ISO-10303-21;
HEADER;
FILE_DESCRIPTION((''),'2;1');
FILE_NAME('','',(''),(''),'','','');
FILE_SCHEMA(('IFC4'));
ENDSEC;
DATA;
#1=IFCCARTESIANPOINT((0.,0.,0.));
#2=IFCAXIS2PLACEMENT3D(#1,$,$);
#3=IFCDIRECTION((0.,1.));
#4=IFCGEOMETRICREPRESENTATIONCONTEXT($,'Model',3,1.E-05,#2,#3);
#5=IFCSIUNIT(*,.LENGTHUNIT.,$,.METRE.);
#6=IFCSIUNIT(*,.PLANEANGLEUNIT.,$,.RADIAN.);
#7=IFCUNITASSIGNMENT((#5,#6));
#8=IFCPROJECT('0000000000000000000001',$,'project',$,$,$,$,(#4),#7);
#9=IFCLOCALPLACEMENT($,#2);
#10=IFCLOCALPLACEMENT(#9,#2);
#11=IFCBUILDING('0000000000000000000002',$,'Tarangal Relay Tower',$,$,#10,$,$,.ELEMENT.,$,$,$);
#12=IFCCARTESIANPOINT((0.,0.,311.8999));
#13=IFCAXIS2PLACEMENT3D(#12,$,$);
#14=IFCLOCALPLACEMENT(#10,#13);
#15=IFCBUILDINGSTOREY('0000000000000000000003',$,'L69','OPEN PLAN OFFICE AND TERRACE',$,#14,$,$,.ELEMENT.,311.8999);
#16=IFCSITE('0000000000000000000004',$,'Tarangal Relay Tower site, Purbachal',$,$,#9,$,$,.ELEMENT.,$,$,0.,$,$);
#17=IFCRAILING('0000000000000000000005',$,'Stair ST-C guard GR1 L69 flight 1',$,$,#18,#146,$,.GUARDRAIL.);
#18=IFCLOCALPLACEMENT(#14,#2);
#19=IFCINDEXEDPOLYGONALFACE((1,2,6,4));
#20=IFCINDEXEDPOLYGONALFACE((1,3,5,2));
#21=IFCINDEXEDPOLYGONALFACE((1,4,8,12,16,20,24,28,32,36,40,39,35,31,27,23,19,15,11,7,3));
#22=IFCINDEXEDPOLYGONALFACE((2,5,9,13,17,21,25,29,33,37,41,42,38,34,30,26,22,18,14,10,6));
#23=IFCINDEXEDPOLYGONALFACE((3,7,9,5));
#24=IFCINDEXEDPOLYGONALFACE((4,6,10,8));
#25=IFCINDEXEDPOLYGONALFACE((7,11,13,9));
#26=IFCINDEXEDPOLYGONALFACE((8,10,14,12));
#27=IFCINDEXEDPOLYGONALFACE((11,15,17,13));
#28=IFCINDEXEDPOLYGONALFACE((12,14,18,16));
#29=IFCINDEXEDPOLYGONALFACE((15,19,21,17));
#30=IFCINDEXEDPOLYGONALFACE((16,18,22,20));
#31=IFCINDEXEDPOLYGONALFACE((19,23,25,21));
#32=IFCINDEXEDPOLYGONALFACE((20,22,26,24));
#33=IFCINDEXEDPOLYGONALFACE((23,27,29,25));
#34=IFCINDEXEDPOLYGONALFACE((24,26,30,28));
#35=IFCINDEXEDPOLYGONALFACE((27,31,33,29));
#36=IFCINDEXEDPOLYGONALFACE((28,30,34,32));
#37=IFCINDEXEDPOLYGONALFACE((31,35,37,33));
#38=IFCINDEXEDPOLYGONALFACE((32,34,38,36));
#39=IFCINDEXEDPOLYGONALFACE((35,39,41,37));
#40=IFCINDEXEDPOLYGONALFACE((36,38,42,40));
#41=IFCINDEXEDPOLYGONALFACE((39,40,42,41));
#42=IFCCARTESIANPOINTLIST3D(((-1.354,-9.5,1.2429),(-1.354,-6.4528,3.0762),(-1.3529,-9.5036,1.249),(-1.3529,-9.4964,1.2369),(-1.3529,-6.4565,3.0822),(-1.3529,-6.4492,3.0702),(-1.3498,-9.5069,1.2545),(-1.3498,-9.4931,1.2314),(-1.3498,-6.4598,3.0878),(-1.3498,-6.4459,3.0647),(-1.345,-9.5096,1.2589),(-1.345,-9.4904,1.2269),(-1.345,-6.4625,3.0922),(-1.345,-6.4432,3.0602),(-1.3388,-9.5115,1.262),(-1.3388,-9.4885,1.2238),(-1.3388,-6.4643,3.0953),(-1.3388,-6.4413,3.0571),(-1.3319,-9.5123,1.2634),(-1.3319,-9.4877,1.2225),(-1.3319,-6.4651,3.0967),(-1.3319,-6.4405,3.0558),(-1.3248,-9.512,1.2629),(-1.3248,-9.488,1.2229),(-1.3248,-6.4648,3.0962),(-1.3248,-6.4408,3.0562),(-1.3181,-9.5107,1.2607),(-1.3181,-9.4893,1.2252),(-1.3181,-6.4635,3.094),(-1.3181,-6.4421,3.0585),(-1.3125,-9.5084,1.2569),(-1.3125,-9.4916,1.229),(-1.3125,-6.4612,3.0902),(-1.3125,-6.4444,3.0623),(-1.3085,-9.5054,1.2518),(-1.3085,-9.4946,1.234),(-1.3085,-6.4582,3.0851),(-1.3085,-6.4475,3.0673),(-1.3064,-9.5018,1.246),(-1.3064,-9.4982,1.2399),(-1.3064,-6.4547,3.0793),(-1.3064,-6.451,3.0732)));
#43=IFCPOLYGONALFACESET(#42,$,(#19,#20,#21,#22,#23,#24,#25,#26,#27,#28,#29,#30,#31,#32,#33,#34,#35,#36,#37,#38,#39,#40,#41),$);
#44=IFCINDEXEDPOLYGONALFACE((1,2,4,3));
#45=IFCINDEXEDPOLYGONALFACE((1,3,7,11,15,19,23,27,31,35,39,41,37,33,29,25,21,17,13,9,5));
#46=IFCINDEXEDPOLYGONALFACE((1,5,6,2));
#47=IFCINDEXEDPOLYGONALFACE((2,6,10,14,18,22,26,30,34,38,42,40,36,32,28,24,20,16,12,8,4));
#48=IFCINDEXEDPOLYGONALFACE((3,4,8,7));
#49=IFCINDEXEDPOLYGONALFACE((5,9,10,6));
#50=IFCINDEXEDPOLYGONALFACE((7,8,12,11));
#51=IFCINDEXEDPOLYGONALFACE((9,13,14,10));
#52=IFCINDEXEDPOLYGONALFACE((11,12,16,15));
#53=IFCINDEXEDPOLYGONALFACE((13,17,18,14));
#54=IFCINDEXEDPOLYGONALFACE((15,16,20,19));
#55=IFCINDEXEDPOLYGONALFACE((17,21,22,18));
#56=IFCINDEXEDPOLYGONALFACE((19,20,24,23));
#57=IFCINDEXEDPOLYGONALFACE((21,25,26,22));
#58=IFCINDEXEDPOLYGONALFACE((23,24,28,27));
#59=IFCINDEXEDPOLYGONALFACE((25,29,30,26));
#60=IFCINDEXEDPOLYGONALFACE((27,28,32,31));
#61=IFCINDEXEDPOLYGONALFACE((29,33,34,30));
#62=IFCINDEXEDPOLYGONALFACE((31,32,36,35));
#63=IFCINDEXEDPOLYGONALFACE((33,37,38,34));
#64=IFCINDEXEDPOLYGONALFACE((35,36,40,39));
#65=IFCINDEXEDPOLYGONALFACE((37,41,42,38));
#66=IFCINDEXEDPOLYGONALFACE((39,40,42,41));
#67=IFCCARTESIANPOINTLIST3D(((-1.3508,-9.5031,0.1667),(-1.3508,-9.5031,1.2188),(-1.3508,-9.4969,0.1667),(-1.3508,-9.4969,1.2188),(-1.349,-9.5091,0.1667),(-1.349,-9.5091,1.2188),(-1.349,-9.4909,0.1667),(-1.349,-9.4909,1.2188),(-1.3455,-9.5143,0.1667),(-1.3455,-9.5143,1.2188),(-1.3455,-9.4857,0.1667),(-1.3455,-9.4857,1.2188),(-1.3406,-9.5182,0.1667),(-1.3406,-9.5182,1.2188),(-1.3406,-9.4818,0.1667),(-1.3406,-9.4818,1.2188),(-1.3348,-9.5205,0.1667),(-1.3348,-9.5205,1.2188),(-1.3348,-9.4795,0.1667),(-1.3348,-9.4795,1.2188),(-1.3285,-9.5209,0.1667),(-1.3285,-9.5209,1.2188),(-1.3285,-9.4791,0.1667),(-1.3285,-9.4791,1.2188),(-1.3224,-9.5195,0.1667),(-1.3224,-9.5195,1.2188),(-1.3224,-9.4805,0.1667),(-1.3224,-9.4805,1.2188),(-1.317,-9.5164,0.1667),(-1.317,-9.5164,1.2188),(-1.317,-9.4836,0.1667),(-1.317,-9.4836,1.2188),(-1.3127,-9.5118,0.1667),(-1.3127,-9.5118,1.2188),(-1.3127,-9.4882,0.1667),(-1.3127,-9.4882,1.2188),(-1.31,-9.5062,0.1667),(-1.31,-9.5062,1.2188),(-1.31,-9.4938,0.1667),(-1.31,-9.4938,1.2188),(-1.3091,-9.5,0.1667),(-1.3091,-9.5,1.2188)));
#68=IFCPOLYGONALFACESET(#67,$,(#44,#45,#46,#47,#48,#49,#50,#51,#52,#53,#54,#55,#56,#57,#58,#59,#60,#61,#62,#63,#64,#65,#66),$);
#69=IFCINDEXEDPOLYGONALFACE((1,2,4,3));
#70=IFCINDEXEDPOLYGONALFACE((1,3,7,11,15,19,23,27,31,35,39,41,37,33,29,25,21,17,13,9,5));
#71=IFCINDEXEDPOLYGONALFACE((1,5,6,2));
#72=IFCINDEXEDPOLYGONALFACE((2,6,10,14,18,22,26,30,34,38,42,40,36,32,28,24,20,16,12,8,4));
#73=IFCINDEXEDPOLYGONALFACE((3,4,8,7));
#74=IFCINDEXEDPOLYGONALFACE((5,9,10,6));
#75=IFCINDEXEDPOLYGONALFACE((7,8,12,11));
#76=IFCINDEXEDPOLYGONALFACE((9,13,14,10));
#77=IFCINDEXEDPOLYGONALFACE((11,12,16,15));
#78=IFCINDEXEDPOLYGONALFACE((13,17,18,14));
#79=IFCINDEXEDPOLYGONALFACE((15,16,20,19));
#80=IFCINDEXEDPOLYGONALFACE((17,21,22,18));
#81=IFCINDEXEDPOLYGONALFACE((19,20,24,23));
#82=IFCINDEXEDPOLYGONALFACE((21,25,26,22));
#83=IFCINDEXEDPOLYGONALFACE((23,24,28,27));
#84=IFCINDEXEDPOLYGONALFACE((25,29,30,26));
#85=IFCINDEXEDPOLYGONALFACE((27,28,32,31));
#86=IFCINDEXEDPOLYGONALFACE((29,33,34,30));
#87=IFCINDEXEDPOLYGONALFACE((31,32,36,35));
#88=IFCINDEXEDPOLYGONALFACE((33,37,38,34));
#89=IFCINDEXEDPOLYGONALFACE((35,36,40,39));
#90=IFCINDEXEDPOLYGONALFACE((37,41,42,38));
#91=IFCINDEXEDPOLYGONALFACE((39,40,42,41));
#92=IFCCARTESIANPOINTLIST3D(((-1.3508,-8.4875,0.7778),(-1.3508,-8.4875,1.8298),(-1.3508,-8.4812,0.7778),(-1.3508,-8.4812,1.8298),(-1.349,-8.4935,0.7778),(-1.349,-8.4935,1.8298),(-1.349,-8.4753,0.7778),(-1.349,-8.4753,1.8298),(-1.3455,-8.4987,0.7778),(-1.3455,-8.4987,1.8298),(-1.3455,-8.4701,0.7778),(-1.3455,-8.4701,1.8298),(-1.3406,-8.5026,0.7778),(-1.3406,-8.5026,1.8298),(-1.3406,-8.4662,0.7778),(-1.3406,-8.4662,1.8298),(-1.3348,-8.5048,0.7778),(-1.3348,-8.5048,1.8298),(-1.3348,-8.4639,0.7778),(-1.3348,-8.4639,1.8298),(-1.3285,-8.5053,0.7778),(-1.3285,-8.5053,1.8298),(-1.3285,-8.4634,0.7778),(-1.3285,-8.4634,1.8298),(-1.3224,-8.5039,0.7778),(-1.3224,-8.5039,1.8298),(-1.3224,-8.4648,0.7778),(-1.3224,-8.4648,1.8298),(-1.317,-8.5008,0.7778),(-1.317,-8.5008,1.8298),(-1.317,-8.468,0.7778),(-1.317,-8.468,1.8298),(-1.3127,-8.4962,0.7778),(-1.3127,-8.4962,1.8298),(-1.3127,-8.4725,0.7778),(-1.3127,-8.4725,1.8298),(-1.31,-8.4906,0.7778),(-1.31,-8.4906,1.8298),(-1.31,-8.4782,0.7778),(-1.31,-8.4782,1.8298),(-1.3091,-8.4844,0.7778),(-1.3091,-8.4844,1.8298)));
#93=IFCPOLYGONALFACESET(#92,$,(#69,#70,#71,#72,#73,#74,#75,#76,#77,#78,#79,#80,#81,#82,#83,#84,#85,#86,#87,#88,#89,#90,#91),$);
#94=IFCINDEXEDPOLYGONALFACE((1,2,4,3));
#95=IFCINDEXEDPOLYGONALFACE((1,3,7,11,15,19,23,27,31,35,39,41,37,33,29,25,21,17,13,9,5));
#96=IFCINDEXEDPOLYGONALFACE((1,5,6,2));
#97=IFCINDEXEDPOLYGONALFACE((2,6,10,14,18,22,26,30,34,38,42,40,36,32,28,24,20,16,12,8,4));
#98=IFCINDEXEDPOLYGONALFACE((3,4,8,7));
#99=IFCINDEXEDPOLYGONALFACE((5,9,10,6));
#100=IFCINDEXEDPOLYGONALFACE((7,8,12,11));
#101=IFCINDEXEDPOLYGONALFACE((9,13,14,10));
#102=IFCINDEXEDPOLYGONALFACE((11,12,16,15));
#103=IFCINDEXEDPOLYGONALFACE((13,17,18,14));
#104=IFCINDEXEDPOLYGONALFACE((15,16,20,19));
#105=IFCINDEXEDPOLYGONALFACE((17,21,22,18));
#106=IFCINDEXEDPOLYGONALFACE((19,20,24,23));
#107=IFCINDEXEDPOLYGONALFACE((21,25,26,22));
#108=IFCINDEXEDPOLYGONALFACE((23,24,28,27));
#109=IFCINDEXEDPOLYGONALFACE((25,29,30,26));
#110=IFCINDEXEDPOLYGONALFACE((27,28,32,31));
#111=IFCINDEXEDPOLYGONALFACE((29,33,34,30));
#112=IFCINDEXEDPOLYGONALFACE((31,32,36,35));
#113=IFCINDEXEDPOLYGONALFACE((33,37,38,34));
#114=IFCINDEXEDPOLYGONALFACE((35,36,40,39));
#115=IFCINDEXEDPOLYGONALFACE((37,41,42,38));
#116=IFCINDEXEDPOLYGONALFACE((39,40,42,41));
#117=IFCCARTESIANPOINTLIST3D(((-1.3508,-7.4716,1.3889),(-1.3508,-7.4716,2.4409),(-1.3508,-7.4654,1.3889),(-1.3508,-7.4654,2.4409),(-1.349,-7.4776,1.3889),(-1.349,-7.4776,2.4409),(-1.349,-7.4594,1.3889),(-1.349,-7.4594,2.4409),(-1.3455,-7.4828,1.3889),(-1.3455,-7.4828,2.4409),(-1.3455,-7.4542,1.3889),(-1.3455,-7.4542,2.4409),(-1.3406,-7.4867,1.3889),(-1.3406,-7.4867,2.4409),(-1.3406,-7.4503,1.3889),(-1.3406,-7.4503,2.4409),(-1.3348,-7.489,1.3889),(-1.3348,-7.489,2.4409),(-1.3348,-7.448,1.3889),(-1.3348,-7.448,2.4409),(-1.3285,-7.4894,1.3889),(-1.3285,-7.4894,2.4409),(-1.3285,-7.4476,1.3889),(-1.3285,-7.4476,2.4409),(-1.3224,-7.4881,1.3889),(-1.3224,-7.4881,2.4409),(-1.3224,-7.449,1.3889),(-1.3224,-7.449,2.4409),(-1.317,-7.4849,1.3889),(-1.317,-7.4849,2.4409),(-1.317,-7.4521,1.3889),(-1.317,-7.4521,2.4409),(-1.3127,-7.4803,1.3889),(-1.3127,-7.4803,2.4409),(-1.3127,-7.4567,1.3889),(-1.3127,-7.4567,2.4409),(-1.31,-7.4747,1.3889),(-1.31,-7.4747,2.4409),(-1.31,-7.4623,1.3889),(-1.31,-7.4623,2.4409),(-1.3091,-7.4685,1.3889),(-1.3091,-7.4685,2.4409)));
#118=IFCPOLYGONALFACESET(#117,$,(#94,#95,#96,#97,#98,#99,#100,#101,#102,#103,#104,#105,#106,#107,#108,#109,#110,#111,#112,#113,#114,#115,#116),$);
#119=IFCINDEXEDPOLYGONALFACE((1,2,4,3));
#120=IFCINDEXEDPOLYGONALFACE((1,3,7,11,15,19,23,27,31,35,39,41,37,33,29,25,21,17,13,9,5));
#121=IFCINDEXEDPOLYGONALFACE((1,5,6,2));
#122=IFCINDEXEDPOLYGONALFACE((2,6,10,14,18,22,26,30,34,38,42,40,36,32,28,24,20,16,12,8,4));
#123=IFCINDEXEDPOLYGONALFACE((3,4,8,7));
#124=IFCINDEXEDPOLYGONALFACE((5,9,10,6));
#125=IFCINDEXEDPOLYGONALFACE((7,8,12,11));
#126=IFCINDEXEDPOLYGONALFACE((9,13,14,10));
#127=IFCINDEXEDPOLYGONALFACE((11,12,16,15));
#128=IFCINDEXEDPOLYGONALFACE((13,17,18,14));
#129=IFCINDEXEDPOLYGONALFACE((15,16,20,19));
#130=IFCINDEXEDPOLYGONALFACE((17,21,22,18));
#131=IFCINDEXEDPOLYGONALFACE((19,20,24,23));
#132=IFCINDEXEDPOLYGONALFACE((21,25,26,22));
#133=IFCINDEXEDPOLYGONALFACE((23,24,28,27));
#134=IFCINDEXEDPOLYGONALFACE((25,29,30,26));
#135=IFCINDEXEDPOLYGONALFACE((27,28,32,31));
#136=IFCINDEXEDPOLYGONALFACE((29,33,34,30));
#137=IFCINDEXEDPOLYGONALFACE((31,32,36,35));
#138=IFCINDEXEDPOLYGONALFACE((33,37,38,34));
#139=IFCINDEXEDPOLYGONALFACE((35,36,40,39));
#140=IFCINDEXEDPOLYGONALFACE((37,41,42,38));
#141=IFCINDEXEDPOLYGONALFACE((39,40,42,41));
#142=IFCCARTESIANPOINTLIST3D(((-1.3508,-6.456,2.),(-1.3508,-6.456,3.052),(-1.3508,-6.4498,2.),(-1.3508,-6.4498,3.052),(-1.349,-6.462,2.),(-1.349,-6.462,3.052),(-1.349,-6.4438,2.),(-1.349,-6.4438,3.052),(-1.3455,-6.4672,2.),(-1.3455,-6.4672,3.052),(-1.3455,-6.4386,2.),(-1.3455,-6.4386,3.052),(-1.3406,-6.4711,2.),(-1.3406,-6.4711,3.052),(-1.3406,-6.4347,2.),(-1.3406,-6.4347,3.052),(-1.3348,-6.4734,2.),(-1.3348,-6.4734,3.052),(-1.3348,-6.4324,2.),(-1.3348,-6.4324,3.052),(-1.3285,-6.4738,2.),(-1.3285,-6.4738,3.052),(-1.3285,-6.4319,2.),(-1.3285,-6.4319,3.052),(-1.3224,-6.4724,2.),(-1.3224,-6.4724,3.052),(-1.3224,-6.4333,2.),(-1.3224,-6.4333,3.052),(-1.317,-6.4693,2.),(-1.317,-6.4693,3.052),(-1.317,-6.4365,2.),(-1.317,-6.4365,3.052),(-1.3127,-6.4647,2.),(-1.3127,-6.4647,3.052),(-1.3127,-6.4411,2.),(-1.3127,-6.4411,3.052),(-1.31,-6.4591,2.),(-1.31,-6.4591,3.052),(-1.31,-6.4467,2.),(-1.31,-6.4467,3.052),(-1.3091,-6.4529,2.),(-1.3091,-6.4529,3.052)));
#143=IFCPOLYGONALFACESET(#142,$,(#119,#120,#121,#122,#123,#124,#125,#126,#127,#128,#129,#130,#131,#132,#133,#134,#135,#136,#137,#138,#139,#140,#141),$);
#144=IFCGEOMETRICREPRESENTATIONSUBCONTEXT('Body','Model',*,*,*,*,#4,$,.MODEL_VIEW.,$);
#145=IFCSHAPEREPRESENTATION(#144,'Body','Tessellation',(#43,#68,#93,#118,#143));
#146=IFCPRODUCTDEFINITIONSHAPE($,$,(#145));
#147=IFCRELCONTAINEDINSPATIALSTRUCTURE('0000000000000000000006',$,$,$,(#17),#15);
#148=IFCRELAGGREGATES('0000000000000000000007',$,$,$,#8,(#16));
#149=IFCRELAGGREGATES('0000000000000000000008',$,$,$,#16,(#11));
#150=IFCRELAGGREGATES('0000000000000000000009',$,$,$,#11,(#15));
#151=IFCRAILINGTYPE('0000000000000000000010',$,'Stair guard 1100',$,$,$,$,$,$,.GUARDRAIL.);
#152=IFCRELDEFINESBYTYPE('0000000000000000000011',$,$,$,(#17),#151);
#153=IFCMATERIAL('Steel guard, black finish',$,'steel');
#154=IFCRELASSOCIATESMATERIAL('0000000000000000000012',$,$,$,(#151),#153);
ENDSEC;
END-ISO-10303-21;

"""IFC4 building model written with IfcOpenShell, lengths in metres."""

from ifc_helpers import new_model, si_unit, direction, frame, origin, origin_2d, place, context, subcontext, project, spatial, circle, extrude, material, type_object, element, save


model = new_model("IFC4")

# Units and contexts
model_context = context("Model", 3, precision=1e-05, world=origin(), true_north=direction((0.0, 1.0)))
body_context = subcontext(model_context, "Body", "Model", "MODEL_VIEW")
ifc_project = project(units=[si_unit("LENGTHUNIT", "METRE"), si_unit("PLANEANGLEUNIT", "RADIAN")], contexts=[model_context])

# Site, building, storey
site_placement = place(None, origin())
site = spatial("IfcSite", under=ifc_project, at=site_placement, Name="Tarangal Relay Tower site, Purbachal", CompositionType="ELEMENT", RefElevation=0.0)
building_placement = place(site_placement, origin())
building = spatial("IfcBuilding", under=site, at=building_placement, Name="Tarangal Relay Tower", CompositionType="ELEMENT")
storey_placement = place(building_placement, frame((0.0, 0.0, 311.8999)))
storey = spatial("IfcBuildingStorey", under=building, at=storey_placement, Name="L69", Description="OPEN PLAN OFFICE AND TERRACE", CompositionType="ELEMENT", Elevation=311.8999)

# Railing
ifc_material_1 = material(Name="Steel guard, black finish", Category="steel")
railing_type = type_object("IfcRailingType", Name="Stair guard 1100", PredefinedType="GUARDRAIL", material=ifc_material_1)
railing_1_placement = place(storey_placement, frame((-1.3301, -9.5, 0.1667)))
element("IfcRailing", 1, at=railing_1_placement, inside=storey, type_object=railing_type, Name="Stair ST-C guard GR1 L69 flight 1", PredefinedType="GUARDRAIL", context=body_context, shape_type="SweptSolid", body=[
    extrude(circle(Radius=0.0239, at=origin_2d()), frame((0.0, 0.0, 1.0762), z_axis=(0.0, 0.856874, 0.515525), x_axis=(-1.0, 0.0, 0.0)), (0.0, 0.0, 1.0), 3.5562),
    extrude(circle(Radius=0.021, at=origin_2d()), origin(), (0.0, 0.0, 1.0), 1.052),
    extrude(circle(Radius=0.021, at=origin_2d()), frame((0.0, 1.0156, 0.6111)), (0.0, 0.0, 1.0), 1.052),
    extrude(circle(Radius=0.021, at=origin_2d()), frame((0.0, 2.0315, 1.2222)), (0.0, 0.0, 1.0), 1.052),
    extrude(circle(Radius=0.021, at=origin_2d()), frame((0.0, 3.0471, 1.8333)), (0.0, 0.0, 1.0), 1.052),
])

save(model, "model.ifc")
